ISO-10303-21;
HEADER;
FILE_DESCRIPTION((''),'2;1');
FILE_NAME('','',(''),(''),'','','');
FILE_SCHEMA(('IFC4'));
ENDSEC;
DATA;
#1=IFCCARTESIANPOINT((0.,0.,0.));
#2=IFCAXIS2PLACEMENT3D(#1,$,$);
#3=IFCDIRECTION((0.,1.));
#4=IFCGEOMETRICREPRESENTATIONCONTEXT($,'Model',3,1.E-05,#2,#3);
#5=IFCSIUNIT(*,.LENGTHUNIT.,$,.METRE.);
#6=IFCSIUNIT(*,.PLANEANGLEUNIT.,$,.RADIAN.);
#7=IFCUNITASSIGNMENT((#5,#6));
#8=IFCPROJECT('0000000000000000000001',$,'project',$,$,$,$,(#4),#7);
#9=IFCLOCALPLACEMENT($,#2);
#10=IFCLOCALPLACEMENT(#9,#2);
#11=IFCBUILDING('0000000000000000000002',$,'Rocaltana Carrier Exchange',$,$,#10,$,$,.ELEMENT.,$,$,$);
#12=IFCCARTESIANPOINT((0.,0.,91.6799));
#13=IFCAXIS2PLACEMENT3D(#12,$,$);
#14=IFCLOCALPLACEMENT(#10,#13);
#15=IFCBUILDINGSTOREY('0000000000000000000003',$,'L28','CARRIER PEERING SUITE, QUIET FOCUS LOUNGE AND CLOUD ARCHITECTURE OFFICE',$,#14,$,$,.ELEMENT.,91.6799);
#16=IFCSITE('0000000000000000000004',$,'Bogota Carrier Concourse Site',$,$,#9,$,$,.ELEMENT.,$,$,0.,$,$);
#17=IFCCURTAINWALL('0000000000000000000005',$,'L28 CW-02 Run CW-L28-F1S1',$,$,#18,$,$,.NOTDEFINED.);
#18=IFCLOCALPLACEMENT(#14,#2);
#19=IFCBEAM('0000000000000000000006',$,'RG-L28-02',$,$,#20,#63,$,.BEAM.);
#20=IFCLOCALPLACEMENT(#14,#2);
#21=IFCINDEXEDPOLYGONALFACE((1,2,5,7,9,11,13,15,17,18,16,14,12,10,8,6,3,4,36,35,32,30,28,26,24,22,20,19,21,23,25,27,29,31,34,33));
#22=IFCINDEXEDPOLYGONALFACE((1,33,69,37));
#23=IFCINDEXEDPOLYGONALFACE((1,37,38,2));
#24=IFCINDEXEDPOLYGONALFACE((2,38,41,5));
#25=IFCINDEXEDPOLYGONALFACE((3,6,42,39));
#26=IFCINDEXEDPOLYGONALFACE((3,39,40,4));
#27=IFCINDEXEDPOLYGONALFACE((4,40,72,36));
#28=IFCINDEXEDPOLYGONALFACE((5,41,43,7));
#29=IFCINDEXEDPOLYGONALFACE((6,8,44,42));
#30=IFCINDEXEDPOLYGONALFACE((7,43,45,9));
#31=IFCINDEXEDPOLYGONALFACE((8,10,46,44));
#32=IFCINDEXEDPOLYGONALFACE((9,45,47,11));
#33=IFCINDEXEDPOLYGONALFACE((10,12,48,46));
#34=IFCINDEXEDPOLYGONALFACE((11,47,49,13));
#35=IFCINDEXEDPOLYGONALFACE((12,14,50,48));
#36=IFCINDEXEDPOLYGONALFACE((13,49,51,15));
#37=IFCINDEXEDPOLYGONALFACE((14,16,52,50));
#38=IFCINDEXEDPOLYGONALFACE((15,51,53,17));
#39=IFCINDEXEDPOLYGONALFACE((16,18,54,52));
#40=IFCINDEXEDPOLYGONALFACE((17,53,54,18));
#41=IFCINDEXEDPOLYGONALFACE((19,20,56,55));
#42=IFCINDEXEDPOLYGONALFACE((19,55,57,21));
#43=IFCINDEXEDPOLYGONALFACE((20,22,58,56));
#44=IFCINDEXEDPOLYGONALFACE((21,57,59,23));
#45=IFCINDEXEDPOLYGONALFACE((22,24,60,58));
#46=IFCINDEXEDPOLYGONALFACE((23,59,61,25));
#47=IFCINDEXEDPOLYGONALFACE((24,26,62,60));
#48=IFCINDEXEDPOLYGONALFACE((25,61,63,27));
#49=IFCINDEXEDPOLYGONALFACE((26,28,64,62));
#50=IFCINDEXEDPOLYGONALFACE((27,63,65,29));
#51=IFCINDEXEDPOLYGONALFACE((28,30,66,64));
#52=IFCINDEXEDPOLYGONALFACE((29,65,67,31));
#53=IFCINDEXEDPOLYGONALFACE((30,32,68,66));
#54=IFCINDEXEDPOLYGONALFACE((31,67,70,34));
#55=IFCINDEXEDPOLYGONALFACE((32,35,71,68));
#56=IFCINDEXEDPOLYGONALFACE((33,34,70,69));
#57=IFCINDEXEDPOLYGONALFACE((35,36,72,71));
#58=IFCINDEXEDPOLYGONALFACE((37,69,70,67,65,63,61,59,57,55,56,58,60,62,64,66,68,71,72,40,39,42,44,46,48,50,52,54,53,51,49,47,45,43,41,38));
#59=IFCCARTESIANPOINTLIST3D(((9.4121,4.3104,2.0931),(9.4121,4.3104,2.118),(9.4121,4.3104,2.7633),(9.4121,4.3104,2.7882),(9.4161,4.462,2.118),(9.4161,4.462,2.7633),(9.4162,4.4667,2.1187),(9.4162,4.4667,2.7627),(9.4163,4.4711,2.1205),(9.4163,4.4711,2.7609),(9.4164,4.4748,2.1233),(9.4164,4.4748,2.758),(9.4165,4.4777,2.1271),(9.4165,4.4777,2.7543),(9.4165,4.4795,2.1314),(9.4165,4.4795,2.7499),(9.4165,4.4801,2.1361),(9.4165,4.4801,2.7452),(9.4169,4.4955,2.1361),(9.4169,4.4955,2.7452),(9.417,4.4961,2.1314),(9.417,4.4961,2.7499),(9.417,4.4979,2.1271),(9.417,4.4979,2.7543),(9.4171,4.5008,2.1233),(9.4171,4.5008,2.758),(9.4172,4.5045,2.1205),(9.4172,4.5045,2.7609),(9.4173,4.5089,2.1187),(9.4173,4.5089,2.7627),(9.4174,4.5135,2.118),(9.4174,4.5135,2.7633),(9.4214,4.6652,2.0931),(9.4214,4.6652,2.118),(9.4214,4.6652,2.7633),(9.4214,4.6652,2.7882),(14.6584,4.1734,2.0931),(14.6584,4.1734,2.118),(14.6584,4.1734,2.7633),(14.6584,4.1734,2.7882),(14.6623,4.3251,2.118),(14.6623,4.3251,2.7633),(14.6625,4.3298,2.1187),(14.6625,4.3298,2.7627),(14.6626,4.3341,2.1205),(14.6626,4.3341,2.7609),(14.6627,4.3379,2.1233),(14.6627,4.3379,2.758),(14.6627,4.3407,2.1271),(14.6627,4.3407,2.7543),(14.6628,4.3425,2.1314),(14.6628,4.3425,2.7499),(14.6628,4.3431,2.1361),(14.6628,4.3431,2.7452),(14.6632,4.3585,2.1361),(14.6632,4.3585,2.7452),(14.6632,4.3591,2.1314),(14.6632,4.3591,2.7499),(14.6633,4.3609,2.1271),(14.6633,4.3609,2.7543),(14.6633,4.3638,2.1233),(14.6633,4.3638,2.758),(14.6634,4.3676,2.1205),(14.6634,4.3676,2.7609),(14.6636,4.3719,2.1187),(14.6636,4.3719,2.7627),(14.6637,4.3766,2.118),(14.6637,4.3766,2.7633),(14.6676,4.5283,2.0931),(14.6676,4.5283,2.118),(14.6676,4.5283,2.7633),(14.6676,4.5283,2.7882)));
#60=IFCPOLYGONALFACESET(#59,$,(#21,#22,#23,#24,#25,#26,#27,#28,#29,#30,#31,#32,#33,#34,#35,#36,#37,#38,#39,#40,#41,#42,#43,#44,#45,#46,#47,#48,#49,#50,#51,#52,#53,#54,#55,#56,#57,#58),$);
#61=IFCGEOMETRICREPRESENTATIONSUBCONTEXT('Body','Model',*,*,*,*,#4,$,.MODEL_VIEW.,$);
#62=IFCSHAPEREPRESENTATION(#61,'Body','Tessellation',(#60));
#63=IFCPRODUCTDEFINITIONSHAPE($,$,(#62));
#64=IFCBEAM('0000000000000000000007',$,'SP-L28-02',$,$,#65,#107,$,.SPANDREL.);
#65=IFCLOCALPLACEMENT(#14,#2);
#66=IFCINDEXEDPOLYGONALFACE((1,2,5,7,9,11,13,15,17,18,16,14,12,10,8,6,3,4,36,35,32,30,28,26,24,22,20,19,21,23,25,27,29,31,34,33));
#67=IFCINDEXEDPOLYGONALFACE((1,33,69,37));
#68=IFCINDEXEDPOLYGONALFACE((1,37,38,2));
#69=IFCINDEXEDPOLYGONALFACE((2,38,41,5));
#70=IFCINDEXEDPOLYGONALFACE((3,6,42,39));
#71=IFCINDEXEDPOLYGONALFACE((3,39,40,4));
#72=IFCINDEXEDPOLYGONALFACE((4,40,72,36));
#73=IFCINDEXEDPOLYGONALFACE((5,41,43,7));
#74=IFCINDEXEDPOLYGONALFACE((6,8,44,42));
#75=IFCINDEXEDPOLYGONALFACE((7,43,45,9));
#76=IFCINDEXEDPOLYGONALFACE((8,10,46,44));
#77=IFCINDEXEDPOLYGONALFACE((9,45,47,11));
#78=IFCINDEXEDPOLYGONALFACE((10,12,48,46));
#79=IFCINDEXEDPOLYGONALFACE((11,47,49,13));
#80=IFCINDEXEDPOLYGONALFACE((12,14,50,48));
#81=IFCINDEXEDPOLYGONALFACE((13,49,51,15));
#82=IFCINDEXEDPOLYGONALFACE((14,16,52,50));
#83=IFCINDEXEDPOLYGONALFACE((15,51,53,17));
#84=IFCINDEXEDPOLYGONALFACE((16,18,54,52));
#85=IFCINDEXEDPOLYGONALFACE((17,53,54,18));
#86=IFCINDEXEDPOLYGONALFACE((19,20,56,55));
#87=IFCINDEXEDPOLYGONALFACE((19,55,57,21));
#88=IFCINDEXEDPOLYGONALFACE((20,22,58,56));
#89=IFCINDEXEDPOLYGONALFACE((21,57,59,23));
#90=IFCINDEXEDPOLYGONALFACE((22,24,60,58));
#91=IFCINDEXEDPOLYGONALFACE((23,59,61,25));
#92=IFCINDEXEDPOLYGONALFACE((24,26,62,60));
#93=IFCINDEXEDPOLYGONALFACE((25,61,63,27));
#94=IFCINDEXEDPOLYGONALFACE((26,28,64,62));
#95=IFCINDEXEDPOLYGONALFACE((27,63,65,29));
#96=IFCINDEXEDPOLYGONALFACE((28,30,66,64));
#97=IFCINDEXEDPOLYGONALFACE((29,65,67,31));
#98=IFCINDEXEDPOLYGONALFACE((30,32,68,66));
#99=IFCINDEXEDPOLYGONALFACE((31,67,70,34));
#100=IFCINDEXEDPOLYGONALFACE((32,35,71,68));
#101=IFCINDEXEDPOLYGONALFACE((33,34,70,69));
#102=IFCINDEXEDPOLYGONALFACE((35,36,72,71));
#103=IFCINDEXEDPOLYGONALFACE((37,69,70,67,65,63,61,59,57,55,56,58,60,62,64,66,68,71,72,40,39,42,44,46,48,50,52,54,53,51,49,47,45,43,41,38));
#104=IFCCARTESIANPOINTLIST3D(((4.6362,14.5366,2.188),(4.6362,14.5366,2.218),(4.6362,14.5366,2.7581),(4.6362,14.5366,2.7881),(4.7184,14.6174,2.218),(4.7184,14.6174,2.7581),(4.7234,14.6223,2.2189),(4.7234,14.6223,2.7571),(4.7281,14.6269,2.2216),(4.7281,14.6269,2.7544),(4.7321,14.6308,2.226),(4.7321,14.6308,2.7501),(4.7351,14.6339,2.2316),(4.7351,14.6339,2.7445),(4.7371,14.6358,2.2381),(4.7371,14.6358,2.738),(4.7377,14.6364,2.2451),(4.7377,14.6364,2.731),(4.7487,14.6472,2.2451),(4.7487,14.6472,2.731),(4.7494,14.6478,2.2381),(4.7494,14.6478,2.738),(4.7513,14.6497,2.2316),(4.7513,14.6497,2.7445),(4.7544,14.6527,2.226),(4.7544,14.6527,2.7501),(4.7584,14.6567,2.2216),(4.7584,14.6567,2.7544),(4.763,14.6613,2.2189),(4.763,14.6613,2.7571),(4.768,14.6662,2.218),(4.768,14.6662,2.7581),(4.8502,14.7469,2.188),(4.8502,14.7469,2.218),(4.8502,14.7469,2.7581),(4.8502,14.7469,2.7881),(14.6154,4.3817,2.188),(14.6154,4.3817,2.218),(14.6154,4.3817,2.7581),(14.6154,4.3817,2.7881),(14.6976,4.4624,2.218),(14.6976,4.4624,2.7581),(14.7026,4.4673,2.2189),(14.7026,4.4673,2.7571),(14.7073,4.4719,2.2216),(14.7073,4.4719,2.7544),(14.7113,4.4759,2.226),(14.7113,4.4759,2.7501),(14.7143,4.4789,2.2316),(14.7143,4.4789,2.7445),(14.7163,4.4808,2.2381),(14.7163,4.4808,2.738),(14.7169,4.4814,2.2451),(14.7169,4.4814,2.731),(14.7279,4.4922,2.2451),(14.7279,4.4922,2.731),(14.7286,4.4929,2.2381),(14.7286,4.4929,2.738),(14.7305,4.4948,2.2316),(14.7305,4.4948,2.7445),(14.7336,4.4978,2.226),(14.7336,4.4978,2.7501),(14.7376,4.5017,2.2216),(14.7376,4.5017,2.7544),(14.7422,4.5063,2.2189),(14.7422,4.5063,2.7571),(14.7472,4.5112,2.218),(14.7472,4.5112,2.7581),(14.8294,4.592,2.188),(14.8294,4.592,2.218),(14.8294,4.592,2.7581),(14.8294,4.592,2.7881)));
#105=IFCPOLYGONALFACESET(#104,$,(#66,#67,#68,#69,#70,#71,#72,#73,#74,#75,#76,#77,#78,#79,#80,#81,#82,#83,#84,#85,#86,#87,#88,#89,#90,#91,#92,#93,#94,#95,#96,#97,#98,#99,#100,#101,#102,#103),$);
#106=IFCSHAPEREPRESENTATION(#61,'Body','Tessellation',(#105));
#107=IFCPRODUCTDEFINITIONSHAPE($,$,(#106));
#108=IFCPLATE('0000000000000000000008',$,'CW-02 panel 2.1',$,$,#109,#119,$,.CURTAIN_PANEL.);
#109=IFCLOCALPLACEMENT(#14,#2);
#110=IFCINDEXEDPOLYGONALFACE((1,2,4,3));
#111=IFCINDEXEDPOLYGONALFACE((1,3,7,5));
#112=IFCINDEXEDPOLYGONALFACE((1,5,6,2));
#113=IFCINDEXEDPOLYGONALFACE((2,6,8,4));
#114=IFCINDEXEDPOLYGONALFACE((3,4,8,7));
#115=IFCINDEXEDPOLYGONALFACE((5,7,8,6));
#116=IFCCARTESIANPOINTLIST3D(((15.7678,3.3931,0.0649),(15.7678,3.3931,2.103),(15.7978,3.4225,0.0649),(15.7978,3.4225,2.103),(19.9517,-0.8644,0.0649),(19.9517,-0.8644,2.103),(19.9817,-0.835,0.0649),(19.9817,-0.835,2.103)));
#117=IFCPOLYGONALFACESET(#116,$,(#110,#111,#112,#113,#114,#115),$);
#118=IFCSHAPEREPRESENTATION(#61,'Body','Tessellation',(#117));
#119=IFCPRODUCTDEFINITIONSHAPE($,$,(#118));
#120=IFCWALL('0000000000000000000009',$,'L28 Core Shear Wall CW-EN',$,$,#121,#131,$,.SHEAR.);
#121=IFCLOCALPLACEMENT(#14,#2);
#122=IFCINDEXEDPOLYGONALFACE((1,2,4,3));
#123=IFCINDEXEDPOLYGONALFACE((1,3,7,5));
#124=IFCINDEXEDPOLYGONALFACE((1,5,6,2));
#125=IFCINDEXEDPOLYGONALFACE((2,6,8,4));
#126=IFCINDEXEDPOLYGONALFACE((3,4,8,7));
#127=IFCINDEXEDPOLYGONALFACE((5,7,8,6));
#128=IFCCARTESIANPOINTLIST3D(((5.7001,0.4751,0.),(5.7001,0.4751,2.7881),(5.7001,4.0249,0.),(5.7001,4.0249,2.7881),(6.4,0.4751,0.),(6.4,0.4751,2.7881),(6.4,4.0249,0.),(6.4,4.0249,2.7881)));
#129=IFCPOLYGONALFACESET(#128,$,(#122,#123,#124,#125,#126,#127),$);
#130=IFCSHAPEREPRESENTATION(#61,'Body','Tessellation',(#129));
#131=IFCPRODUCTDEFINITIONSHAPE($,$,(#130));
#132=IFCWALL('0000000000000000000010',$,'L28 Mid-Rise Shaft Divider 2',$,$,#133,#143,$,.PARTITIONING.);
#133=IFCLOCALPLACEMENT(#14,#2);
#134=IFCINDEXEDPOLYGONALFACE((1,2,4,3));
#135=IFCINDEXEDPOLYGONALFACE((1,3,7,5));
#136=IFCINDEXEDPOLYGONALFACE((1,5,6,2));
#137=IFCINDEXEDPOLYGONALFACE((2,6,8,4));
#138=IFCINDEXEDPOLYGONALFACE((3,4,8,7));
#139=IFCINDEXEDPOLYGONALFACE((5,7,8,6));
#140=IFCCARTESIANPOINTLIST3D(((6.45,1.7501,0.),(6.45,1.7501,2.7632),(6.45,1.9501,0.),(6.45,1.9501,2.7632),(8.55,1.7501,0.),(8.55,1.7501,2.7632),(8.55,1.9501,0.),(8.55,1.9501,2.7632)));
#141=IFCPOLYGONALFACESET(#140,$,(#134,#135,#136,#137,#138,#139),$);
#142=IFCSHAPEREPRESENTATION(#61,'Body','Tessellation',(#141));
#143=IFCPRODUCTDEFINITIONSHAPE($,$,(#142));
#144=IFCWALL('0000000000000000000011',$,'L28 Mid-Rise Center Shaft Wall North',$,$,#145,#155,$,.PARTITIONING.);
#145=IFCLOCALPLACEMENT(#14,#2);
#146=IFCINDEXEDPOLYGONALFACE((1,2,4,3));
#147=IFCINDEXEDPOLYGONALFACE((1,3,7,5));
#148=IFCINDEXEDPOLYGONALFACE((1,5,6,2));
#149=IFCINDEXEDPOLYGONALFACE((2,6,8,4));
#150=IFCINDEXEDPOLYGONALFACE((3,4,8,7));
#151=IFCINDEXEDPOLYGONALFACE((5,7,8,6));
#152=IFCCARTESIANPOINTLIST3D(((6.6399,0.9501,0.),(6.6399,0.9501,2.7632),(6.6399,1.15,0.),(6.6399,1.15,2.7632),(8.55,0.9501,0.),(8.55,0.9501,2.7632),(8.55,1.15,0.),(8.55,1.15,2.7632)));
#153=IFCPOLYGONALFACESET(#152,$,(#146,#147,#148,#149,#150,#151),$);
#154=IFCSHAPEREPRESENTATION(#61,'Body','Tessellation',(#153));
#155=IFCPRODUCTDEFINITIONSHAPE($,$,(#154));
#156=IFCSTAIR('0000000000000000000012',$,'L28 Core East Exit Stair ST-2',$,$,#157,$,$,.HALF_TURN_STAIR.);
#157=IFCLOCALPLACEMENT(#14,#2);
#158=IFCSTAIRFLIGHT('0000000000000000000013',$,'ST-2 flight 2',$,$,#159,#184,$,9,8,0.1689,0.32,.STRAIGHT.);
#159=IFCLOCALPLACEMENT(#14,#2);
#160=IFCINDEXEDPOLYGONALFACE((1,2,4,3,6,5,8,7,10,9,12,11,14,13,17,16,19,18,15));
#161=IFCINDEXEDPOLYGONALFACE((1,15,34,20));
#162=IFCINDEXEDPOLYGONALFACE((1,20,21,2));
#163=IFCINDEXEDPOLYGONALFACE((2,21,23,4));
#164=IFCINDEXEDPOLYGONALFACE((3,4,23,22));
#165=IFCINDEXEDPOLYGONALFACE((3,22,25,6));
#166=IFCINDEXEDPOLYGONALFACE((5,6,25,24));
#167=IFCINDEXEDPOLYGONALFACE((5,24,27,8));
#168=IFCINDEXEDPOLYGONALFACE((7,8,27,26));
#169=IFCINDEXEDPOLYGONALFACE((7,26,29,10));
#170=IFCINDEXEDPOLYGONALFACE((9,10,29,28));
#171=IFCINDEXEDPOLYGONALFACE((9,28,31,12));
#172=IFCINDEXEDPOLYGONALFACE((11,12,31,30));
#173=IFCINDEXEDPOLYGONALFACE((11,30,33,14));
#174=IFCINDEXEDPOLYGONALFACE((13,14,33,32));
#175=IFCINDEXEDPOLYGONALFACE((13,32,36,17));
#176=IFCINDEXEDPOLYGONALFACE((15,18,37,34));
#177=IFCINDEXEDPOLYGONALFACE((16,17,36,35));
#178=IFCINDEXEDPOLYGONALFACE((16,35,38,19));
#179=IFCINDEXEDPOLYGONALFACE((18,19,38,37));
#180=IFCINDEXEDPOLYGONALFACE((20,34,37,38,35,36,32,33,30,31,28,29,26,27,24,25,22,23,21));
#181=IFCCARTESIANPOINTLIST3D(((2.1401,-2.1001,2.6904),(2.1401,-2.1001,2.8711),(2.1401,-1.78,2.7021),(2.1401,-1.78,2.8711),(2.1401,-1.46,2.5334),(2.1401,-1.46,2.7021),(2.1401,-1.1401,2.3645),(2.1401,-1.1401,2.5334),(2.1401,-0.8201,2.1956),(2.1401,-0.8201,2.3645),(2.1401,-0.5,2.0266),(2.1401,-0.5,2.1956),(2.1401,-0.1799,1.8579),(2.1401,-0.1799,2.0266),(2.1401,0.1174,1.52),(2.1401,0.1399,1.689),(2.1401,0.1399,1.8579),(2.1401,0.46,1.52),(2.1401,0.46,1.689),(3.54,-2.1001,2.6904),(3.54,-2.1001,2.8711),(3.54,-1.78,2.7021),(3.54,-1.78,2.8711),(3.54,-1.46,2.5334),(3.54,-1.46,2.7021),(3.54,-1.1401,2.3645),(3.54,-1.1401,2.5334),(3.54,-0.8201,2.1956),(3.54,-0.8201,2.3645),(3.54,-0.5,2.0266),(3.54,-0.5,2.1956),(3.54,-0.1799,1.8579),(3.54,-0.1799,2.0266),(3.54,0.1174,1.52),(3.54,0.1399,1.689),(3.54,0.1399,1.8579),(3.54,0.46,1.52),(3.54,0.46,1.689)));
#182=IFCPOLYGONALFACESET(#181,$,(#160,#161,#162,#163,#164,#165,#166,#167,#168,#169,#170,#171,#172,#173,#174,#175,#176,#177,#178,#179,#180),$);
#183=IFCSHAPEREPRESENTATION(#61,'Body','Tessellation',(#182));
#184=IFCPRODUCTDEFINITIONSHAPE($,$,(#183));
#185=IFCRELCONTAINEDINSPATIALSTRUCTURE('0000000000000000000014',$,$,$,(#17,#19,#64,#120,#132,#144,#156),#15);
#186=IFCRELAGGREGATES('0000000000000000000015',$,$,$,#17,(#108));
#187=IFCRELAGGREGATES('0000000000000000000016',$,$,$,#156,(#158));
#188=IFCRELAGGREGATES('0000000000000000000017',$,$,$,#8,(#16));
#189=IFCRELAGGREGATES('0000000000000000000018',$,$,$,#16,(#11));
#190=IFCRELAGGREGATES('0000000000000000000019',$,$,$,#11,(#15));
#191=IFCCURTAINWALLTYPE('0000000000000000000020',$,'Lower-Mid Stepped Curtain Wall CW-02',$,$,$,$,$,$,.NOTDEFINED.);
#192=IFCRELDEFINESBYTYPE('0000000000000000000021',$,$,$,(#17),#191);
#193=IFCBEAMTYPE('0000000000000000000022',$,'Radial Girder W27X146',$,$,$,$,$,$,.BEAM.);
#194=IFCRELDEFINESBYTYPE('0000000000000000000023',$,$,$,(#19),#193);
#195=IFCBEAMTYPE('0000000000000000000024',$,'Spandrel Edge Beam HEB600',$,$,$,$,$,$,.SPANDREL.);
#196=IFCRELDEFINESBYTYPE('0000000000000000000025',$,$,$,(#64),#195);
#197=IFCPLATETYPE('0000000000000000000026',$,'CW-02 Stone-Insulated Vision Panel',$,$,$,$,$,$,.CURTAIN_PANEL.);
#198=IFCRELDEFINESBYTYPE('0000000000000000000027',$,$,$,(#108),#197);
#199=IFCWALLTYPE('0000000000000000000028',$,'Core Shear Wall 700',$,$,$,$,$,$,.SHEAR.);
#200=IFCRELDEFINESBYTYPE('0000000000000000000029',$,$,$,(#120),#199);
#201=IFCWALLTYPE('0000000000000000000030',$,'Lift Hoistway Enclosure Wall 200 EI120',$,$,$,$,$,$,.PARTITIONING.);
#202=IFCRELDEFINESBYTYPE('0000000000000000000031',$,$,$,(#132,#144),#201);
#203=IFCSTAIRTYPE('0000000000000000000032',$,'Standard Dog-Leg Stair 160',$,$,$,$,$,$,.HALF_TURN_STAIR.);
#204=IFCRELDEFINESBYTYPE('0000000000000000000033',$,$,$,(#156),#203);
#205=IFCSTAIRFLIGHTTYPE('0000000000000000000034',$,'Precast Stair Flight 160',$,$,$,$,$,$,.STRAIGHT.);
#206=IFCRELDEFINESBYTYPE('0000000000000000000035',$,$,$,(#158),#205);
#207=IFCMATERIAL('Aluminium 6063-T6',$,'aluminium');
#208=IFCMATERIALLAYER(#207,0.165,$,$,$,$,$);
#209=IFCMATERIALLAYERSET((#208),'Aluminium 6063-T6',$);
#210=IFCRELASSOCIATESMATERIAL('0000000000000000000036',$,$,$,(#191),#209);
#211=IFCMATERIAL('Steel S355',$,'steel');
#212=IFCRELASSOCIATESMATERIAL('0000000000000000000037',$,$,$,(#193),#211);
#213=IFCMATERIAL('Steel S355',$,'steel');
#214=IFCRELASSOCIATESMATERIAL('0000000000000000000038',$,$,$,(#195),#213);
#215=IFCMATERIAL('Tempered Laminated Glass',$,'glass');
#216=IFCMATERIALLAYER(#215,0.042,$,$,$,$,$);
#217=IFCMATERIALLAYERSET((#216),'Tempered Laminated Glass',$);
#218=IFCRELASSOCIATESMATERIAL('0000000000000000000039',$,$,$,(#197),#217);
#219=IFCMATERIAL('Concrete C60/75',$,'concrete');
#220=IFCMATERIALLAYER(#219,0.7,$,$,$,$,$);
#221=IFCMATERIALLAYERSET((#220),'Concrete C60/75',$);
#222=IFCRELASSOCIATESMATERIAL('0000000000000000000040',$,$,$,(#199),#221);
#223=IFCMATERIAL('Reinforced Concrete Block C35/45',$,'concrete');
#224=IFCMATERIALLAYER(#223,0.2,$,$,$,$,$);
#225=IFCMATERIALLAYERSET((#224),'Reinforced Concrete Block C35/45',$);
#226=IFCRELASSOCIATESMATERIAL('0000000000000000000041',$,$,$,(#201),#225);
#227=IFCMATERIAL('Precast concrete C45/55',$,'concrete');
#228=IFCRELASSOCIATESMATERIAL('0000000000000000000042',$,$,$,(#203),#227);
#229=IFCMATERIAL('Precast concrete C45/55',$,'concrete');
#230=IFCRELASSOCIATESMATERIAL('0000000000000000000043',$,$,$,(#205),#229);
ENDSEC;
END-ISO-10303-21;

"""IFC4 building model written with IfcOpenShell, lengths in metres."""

from ifc_helpers import new_model, si_unit, direction, frame, frame_2d, origin, origin_2d, place, context, subcontext, project, spatial, polyline, rectangle, i_section, outline, extrude, material, layer, layer_set, material_profile, profile_set, type_object, element, aggregate, save


model = new_model("IFC4")

# Units and contexts
model_context = context("Model", 3, precision=1e-05, world=origin(), true_north=direction((0.0, 1.0)))
body_context = subcontext(model_context, "Body", "Model", "MODEL_VIEW")
ifc_project = project(units=[si_unit("LENGTHUNIT", "METRE"), si_unit("PLANEANGLEUNIT", "RADIAN")], contexts=[model_context])

# Site, building, storey
site_placement = place(None, origin())
site = spatial("IfcSite", under=ifc_project, at=site_placement, Name="Bogota Carrier Concourse Site", CompositionType="ELEMENT", RefElevation=0.0)
building_placement = place(site_placement, origin())
building = spatial("IfcBuilding", under=site, at=building_placement, Name="Rocaltana Carrier Exchange", CompositionType="ELEMENT")
storey_placement = place(building_placement, frame((0.0, 0.0, 91.6799)))
storey = spatial("IfcBuildingStorey", under=building, at=storey_placement, Name="L28", Description="CARRIER PEERING SUITE, QUIET FOCUS LOUNGE AND CLOUD ARCHITECTURE OFFICE", CompositionType="ELEMENT", Elevation=91.6799)

# Curtain wall
ifc_material_1 = material(Name="Aluminium 6063-T6", Category="aluminium")
ifc_layer_1 = layer(ifc_material_1, 0.165)
ifc_layer_set_1 = layer_set([ifc_layer_1], Name="Aluminium 6063-T6")
curtain_wall_type = type_object("IfcCurtainWallType", Name="Lower-Mid Stepped Curtain Wall CW-02", PredefinedType="NOTDEFINED", material=ifc_layer_set_1)
curtain_wall_placement = place(storey_placement, origin())
curtain_wall = element("IfcCurtainWall", 1, at=curtain_wall_placement, inside=storey, type_object=curtain_wall_type, Name="L28 CW-02 Run CW-L28-F1S1", PredefinedType="NOTDEFINED")

# Beams
ifc_material_2 = material(Name="Steel S355", Category="steel")
ifc_material_profile_1 = material_profile(ifc_material_2, i_section(OverallWidth=0.355, OverallDepth=0.6951, WebThickness=0.0154, FlangeThickness=0.0249, FilletRadius=0.0181, at=origin_2d()), Name="W27X146")
ifc_profile_set_1 = profile_set([ifc_material_profile_1], Name="Steel S355")
beam_type_1 = type_object("IfcBeamType", Name="Radial Girder W27X146", PredefinedType="BEAM", material=ifc_profile_set_1)
beam_1_placement = place(storey_placement, frame((9.4167, 4.4878, 2.4407), z_axis=(0.999659, -0.026097, 0.0), x_axis=(0.026097, 0.999659, 0.0)))
element("IfcBeam", 2, at=beam_1_placement, inside=storey, type_object=beam_type_1, Name="RG-L28-02", PredefinedType="BEAM", context=body_context, shape_type="SweptSolid", body=[
    extrude(i_section(OverallWidth=0.355, OverallDepth=0.6951, WebThickness=0.0154, FlangeThickness=0.0249, FilletRadius=0.0181, at=origin_2d()), origin(), (0.0, 0.0, 1.0), 5.248),
])
ifc_material_3 = material(Name="Steel S355", Category="steel")
ifc_material_profile_2 = material_profile(ifc_material_3, i_section(OverallWidth=0.3, OverallDepth=0.6001, WebThickness=0.0154, FlangeThickness=0.03, FilletRadius=0.0271, at=origin_2d()), Name="HEB600")
ifc_profile_set_2 = profile_set([ifc_material_profile_2], Name="Steel S355")
beam_type_2 = type_object("IfcBeamType", Name="Spandrel Edge Beam HEB600", PredefinedType="SPANDREL", material=ifc_profile_set_2)
beam_2_placement = place(storey_placement, frame((14.7224, 4.4868, 2.488), z_axis=(-0.700907, 0.713253, 0.0), x_axis=(-0.713253, -0.700907, 0.0)))
element("IfcBeam", 3, at=beam_2_placement, inside=storey, type_object=beam_type_2, Name="SP-L28-02", PredefinedType="SPANDREL", context=body_context, shape_type="SweptSolid", body=[
    extrude(i_section(OverallWidth=0.3, OverallDepth=0.6001, WebThickness=0.0154, FlangeThickness=0.03, FilletRadius=0.0271, at=origin_2d()), origin(), (0.0, 0.0, 1.0), 14.2375),
])

# Plate
ifc_material_4 = material(Name="Tempered Laminated Glass", Category="glass")
ifc_layer_2 = layer(ifc_material_4, 0.042)
ifc_layer_set_2 = layer_set([ifc_layer_2], Name="Tempered Laminated Glass")
plate_type = type_object("IfcPlateType", Name="CW-02 Stone-Insulated Vision Panel", PredefinedType="CURTAIN_PANEL", material=ifc_layer_set_2)
plate_placement = place(storey_placement, frame((17.8748, 1.2791, 0.0649), z_axis=(0.0, 0.0, 1.0), x_axis=(-0.700915, 0.713245, 0.0)))
plate = element("IfcPlate", 4, at=plate_placement, type_object=plate_type, Name="CW-02 panel 2.1", PredefinedType="CURTAIN_PANEL", context=body_context, shape_type="SweptSolid", body=[
    extrude(rectangle(XDim=5.9692, YDim=0.042, at=origin_2d()), origin(), (0.0, 0.0, 1.0), 2.0381),
])
aggregate(curtain_wall, [plate])

# Walls
ifc_material_5 = material(Name="Concrete C60/75", Category="concrete")
ifc_layer_3 = layer(ifc_material_5, 0.7)
ifc_layer_set_3 = layer_set([ifc_layer_3], Name="Concrete C60/75")
wall_type_1 = type_object("IfcWallType", Name="Core Shear Wall 700", PredefinedType="SHEAR", material=ifc_layer_set_3)
wall_1_placement = place(storey_placement, frame((6.05, 0.4751, 0.0), z_axis=(0.0, 0.0, 1.0), x_axis=(0.0, 1.0, 0.0)))
element("IfcWall", 5, at=wall_1_placement, inside=storey, type_object=wall_type_1, Name="L28 Core Shear Wall CW-EN", PredefinedType="SHEAR", context=body_context, shape_type="SweptSolid", body=[
    extrude(rectangle(XDim=3.5498, YDim=0.7, at=frame_2d((1.7749, 0.0))), origin(), (0.0, 0.0, 1.0), 2.7881),
])
ifc_material_6 = material(Name="Reinforced Concrete Block C35/45", Category="concrete")
ifc_layer_4 = layer(ifc_material_6, 0.2)
ifc_layer_set_4 = layer_set([ifc_layer_4], Name="Reinforced Concrete Block C35/45")
wall_type_2 = type_object("IfcWallType", Name="Lift Hoistway Enclosure Wall 200 EI120", PredefinedType="PARTITIONING", material=ifc_layer_set_4)
wall_2_placement = place(storey_placement, frame((6.45, 1.8501, 0.0), z_axis=(0.0, 0.0, 1.0), x_axis=(1.0, 0.0, 0.0)))
element("IfcWall", 6, at=wall_2_placement, inside=storey, type_object=wall_type_2, Name="L28 Mid-Rise Shaft Divider 2", PredefinedType="PARTITIONING", context=body_context, shape_type="SweptSolid", body=[
    extrude(rectangle(XDim=2.1001, YDim=0.2, at=frame_2d((1.05, 0.0))), origin(), (0.0, 0.0, 1.0), 2.7632),
])
wall_3_placement = place(storey_placement, frame((6.6399, 1.05, 0.0), z_axis=(0.0, 0.0, 1.0), x_axis=(1.0, 0.0, 0.0)))
element("IfcWall", 7, at=wall_3_placement, inside=storey, type_object=wall_type_2, Name="L28 Mid-Rise Center Shaft Wall North", PredefinedType="PARTITIONING", context=body_context, shape_type="SweptSolid", body=[
    extrude(rectangle(XDim=1.9102, YDim=0.2, at=frame_2d((0.9551, 0.0))), origin(), (0.0, 0.0, 1.0), 2.7632),
])

# Stair, stair flight
ifc_material_7 = material(Name="Precast concrete C45/55", Category="concrete")
stair_type = type_object("IfcStairType", Name="Standard Dog-Leg Stair 160", PredefinedType="HALF_TURN_STAIR", material=ifc_material_7)
stair_placement = place(storey_placement, origin())
stair = element("IfcStair", 8, at=stair_placement, inside=storey, type_object=stair_type, Name="L28 Core East Exit Stair ST-2", PredefinedType="HALF_TURN_STAIR")
ifc_material_8 = material(Name="Precast concrete C45/55", Category="concrete")
stair_flight_type = type_object("IfcStairFlightType", Name="Precast Stair Flight 160", PredefinedType="STRAIGHT", material=ifc_material_8)
stair_flight_placement = place(storey_placement, frame((2.8401, 0.46, 1.52), z_axis=(0.0, 0.0, 1.0), x_axis=(0.0, -1.0, 0.0)))
stair_flight = element("IfcStairFlight", 9, at=stair_flight_placement, type_object=stair_flight_type, Name="ST-2 flight 2", NumberOfRisers=9, NumberOfTreads=8, PredefinedType="STRAIGHT", RiserHeight=0.1689, TreadLength=0.32, context=body_context, shape_type="SweptSolid", body=[
    extrude(outline(polyline([(0.0, 0.0), (0.0, 0.1689), (0.3201, 0.1689), (0.3201, 0.3379), (0.6399, 0.3379), (0.6399, 0.5066), (0.96, 0.5066), (0.96, 0.6755), (1.28, 0.6755), (1.28, 0.8445), (1.6001, 0.8445), (1.6001, 1.0134), (1.9199, 1.0134), (1.9199, 1.1821), (2.24, 1.1821), (2.24, 1.3511), (2.5601, 1.3511), (2.5601, 1.52), (2.5601, 1.1704), (0.3425, 0.0), (0.0, 0.0)])), frame((0.0, 0.7, 0.0), z_axis=(0.0, -1.0, 0.0), x_axis=(1.0, 0.0, 0.0)), (0.0, 0.0, 1.0), 1.3999),
])
aggregate(stair, [stair_flight])

save(model, "model.ifc")
